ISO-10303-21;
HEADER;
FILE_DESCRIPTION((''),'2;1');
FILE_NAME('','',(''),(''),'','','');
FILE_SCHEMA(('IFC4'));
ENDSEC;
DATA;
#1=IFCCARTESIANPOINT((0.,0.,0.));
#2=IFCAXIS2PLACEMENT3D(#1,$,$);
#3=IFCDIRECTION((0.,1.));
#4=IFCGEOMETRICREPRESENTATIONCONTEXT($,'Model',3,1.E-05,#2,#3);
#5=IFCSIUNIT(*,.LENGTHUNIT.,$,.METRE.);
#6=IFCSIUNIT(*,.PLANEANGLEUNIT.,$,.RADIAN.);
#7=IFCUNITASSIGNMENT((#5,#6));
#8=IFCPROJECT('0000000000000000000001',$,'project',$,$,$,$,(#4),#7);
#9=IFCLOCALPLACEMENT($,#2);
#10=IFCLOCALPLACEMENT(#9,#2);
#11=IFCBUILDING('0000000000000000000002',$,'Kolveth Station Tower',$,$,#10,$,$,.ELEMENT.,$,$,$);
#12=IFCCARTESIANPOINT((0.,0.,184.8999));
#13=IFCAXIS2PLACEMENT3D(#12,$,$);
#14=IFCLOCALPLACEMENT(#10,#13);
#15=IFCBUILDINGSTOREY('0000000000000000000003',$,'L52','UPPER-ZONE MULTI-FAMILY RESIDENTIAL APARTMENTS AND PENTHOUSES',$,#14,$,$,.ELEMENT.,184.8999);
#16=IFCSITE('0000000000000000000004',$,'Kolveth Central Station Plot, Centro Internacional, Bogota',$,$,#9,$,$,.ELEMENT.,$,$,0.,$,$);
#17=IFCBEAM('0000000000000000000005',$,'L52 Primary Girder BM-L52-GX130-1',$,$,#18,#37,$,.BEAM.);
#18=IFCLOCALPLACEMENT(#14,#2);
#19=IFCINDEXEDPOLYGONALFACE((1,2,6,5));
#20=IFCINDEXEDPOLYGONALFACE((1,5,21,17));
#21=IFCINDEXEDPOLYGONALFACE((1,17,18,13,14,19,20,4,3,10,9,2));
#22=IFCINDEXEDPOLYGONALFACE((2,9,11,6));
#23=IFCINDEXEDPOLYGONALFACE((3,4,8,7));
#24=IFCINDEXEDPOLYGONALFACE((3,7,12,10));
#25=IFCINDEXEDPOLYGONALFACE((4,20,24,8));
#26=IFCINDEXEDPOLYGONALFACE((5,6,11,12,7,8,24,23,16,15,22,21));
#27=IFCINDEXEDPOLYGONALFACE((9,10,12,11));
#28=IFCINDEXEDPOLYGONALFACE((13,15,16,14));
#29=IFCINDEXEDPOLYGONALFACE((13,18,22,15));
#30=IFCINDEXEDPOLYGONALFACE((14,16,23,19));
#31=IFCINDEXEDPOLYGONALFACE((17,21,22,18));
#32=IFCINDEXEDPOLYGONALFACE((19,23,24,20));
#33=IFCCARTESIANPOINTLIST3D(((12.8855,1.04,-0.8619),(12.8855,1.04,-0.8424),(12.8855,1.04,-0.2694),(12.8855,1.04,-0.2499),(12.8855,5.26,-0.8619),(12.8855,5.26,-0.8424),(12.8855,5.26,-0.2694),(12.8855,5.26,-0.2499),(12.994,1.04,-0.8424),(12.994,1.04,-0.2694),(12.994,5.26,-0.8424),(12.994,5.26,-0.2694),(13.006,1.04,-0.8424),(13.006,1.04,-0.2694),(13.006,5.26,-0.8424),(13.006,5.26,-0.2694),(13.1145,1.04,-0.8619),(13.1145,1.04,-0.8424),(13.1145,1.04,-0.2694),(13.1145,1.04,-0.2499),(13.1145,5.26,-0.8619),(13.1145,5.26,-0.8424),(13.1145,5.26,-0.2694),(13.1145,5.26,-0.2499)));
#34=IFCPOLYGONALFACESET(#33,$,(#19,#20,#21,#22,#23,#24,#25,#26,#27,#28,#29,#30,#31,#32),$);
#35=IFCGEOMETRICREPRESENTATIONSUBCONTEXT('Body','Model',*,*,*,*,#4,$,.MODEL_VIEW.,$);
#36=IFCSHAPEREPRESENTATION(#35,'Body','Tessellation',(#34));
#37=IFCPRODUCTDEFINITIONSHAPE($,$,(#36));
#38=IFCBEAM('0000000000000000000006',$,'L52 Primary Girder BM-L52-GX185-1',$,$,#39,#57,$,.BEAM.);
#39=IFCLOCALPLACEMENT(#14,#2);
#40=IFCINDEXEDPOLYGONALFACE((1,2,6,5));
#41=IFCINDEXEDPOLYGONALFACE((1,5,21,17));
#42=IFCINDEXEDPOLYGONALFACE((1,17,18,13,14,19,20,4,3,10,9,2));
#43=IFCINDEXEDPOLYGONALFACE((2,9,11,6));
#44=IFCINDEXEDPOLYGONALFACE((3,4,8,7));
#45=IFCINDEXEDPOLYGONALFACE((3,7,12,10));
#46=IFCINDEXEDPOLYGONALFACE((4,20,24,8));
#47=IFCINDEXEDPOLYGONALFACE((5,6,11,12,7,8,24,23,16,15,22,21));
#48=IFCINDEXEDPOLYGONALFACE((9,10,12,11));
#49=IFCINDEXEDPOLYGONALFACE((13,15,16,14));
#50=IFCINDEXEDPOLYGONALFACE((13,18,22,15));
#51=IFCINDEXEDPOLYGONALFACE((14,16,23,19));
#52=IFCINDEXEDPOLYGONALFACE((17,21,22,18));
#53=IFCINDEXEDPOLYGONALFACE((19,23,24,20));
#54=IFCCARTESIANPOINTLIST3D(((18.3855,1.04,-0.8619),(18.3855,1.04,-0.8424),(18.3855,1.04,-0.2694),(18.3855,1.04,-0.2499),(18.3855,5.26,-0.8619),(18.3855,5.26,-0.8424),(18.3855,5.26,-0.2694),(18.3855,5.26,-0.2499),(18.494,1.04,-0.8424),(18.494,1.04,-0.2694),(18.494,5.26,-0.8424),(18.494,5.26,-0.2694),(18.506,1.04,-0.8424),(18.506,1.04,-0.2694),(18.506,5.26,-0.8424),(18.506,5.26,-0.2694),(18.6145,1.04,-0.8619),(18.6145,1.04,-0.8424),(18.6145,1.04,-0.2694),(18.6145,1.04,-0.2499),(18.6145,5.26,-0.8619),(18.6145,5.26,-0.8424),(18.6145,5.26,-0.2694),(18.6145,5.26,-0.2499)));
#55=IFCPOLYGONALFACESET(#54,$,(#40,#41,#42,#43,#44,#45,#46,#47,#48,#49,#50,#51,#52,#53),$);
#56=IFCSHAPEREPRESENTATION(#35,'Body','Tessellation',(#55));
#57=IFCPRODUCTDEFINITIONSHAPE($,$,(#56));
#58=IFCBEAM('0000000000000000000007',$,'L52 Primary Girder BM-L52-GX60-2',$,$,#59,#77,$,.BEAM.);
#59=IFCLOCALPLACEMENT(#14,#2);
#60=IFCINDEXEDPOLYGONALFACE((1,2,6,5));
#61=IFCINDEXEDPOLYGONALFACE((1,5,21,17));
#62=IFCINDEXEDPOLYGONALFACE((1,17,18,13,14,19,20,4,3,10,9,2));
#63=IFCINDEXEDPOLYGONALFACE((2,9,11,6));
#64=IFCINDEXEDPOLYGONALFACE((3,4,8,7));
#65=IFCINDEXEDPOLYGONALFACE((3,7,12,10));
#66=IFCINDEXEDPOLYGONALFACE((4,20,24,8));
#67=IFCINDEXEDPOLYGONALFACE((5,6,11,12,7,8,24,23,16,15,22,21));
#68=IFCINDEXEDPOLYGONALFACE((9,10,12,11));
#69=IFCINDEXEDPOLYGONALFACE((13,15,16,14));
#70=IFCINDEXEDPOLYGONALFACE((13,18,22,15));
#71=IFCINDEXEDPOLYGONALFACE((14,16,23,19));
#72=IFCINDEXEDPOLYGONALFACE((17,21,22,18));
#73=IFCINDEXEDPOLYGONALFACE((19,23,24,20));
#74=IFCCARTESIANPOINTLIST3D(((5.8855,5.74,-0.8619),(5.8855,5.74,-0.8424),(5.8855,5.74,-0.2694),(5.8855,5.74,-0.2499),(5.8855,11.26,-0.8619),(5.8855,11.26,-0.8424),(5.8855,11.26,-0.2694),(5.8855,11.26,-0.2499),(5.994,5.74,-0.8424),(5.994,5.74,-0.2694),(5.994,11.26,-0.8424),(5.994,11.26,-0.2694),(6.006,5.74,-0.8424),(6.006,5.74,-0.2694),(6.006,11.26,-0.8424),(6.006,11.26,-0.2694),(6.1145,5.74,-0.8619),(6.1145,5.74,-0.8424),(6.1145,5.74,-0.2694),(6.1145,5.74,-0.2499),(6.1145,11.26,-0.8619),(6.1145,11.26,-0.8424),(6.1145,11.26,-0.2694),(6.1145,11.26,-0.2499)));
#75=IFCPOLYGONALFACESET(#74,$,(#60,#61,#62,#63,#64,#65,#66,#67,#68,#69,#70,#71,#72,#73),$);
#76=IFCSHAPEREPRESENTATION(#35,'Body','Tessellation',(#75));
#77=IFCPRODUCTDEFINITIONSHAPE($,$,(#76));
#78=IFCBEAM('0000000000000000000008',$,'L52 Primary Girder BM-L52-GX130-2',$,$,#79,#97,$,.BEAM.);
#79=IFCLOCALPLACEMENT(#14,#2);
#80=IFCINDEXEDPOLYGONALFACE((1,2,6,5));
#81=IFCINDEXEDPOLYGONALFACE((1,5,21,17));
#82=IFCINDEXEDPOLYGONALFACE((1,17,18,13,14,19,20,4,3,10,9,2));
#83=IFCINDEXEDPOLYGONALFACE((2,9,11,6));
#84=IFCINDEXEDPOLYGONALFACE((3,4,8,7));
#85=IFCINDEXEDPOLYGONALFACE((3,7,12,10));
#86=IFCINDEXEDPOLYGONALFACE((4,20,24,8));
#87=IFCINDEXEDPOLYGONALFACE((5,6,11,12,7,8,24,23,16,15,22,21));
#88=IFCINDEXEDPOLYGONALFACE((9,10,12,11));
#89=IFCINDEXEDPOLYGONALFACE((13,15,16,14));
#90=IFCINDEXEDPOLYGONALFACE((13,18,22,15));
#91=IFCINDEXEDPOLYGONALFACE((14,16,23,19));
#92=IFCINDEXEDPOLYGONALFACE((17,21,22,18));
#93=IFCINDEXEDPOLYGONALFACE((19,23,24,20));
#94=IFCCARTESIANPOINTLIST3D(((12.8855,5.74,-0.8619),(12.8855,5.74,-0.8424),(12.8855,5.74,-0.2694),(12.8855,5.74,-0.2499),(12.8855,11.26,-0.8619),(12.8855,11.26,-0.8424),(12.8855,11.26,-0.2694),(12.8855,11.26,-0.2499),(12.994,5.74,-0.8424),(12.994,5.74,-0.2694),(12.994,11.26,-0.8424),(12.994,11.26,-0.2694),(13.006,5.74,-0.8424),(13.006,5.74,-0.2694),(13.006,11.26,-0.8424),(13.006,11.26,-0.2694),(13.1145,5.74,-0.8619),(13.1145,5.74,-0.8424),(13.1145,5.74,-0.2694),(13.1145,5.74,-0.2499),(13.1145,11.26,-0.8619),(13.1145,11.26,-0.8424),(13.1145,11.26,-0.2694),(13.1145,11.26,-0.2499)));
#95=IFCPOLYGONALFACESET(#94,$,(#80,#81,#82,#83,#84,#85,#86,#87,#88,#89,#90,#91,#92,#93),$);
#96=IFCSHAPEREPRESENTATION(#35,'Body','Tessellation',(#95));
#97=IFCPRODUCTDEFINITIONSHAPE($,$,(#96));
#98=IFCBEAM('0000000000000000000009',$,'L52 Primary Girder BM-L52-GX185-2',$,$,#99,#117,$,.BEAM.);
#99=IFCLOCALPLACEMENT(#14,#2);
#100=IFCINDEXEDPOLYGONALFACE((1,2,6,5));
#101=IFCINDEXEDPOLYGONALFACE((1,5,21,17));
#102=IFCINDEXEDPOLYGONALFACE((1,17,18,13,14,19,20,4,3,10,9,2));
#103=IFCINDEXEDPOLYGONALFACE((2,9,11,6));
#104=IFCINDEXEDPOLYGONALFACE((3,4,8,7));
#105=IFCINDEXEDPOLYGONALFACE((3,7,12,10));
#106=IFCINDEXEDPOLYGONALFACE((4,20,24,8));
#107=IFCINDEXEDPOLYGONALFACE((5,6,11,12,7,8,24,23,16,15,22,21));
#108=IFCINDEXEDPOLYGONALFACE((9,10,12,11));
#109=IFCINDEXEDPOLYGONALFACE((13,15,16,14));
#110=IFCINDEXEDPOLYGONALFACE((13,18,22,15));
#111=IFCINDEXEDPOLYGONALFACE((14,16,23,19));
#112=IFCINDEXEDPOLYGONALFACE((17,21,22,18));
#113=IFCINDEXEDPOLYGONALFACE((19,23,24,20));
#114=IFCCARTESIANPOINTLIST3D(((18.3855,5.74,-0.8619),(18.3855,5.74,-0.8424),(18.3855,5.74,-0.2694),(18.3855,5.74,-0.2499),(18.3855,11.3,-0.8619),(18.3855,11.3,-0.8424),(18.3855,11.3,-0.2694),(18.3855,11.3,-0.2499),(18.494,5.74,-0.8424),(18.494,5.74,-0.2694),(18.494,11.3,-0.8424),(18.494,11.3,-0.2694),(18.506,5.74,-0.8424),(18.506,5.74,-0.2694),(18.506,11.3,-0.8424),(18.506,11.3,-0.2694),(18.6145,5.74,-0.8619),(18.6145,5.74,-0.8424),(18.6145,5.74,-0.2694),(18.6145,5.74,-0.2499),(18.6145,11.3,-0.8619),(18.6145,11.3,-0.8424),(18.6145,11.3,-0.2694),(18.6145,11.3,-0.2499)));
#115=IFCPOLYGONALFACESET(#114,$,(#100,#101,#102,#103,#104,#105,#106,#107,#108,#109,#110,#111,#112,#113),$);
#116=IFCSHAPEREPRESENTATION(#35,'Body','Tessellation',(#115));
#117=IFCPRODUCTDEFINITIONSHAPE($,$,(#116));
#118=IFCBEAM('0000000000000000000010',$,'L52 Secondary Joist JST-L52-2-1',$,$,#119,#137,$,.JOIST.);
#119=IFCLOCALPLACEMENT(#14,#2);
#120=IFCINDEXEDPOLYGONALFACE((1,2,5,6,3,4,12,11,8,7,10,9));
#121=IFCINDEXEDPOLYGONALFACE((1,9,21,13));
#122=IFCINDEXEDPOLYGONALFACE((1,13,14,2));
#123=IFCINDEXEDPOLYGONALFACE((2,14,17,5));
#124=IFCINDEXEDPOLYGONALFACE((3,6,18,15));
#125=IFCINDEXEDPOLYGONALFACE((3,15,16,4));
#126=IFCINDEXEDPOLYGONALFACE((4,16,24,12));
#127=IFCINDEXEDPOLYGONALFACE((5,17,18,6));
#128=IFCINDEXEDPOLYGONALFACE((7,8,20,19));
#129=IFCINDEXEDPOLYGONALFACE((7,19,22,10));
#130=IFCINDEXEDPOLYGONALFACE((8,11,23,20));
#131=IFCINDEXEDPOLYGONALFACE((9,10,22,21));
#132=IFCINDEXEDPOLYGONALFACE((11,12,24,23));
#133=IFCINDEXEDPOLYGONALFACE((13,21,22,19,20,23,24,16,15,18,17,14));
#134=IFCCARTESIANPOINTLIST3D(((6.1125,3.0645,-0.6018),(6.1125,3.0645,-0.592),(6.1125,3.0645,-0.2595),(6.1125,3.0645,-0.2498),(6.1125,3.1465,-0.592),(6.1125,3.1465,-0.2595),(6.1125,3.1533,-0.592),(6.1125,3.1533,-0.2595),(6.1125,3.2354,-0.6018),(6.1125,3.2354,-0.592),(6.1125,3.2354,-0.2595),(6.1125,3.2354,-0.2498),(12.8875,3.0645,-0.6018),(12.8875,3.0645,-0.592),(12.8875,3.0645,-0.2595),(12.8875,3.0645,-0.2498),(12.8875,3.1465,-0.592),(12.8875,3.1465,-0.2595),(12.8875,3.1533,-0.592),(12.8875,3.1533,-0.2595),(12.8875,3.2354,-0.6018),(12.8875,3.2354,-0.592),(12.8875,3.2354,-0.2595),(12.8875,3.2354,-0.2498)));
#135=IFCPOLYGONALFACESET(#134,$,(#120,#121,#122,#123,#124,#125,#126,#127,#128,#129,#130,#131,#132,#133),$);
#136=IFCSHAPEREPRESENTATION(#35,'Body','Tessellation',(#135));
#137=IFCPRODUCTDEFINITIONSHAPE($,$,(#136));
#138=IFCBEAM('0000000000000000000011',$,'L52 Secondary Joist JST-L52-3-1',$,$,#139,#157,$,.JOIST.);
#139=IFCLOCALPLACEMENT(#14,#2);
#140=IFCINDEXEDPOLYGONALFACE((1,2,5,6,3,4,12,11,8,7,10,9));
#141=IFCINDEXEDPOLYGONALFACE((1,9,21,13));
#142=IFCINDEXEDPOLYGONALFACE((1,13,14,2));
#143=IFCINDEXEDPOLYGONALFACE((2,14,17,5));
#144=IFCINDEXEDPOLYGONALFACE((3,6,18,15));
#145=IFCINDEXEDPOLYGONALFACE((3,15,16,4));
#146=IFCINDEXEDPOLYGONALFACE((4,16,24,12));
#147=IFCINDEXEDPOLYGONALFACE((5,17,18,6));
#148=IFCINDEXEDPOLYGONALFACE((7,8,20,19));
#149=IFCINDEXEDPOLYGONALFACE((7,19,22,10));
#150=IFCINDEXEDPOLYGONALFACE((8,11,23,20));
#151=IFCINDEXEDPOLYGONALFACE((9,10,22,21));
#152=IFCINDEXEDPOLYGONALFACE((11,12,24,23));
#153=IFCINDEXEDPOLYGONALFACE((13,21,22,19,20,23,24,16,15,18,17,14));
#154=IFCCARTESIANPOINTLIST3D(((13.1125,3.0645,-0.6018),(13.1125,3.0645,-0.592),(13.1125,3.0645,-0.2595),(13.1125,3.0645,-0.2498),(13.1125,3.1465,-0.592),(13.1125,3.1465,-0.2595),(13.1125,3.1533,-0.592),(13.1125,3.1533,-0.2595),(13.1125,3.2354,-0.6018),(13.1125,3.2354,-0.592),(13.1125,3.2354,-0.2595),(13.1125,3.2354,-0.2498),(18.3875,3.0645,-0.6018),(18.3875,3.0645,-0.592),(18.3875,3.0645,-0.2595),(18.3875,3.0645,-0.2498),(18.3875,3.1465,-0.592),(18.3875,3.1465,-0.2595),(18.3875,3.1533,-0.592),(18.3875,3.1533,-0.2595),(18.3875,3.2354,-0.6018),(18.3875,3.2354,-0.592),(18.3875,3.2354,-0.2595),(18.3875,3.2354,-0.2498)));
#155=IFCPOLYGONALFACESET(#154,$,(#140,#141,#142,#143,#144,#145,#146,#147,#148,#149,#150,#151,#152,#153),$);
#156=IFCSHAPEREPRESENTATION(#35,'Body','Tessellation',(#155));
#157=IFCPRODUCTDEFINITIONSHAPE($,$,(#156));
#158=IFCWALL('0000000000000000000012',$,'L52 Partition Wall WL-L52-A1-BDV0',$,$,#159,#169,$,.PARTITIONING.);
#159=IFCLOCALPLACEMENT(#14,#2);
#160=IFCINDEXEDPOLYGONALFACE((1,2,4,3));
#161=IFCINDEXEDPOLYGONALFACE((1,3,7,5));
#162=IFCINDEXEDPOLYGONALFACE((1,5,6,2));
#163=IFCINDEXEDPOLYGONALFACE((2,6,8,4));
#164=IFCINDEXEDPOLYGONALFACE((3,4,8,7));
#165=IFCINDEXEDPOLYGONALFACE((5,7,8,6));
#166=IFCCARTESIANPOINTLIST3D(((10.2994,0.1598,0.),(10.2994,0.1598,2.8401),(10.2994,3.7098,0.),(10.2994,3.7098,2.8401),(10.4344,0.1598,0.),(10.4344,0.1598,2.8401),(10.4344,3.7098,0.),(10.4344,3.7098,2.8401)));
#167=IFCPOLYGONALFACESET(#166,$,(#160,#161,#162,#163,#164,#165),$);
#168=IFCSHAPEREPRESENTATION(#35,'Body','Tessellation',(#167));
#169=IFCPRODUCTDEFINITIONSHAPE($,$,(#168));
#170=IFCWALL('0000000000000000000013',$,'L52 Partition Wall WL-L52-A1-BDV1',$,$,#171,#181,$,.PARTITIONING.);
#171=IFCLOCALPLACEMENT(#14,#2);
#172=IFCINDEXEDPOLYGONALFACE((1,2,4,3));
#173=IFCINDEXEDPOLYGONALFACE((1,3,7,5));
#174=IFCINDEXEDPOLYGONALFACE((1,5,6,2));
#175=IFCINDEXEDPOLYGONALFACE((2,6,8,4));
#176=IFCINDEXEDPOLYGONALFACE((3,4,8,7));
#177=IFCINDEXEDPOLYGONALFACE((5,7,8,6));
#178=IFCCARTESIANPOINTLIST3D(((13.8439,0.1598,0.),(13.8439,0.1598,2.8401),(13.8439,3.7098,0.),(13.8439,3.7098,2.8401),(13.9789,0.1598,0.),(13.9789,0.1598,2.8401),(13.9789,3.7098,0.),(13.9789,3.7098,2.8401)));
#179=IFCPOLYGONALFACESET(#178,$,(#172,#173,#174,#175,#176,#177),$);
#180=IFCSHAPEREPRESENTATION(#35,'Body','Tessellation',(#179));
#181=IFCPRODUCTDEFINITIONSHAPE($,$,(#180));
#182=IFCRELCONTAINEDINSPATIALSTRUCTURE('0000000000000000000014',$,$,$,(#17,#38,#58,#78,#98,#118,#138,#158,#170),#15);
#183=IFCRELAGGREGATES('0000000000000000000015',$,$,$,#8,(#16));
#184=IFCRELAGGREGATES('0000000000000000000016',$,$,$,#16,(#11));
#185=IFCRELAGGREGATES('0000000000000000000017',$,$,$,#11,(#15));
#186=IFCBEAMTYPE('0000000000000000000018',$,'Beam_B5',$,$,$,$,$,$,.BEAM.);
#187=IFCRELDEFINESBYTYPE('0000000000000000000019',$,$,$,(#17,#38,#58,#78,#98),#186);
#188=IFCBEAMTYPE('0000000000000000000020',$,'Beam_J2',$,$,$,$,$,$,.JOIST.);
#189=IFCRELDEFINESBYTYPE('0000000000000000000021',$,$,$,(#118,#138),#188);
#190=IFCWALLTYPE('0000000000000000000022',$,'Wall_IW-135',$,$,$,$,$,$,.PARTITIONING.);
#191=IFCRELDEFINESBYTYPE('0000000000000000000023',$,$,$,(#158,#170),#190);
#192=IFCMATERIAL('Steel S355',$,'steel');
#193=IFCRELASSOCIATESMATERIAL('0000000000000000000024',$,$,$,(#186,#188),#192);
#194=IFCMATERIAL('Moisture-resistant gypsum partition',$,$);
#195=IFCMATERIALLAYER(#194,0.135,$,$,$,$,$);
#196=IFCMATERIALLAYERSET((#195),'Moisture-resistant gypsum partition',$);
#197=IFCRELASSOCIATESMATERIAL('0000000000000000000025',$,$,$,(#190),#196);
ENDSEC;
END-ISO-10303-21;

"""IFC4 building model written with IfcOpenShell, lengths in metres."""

from ifc_helpers import new_model, si_unit, direction, frame, frame_2d, origin, origin_2d, place, context, subcontext, project, spatial, rectangle, i_section, extrude, source, transform, mapped, material, layer, layer_set, material_profile, profile_set, type_object, element, save


model = new_model("IFC4")

# Units and contexts
model_context = context("Model", 3, precision=1e-05, world=origin(), true_north=direction((0.0, 1.0)))
body_context = subcontext(model_context, "Body", "Model", "MODEL_VIEW")
ifc_project = project(units=[si_unit("LENGTHUNIT", "METRE"), si_unit("PLANEANGLEUNIT", "RADIAN")], contexts=[model_context])

# Site, building, storey
site_placement = place(None, origin())
site = spatial("IfcSite", under=ifc_project, at=site_placement, Name="Kolveth Central Station Plot, Centro Internacional, Bogota", CompositionType="ELEMENT", RefElevation=0.0)
building_placement = place(site_placement, origin())
building = spatial("IfcBuilding", under=site, at=building_placement, Name="Kolveth Station Tower", CompositionType="ELEMENT")
storey_placement = place(building_placement, frame((0.0, 0.0, 184.8999)))
storey = spatial("IfcBuildingStorey", under=building, at=storey_placement, Name="L52", Description="UPPER-ZONE MULTI-FAMILY RESIDENTIAL APARTMENTS AND PENTHOUSES", CompositionType="ELEMENT", Elevation=184.8999)

# Shared definitions
ifc_material_1 = material(Name="Steel S355", Category="steel")

# Beams
ifc_material_profile_1 = material_profile(ifc_material_1, i_section(OverallWidth=0.229, OverallDepth=0.6121, WebThickness=0.012, FlangeThickness=0.0195, at=origin_2d()), Name="W610x125")
ifc_profile_set_1 = profile_set([ifc_material_profile_1], Name="Steel S355")
beam_type_1 = type_object("IfcBeamType", Name="Beam_B5", PredefinedType="BEAM", material=ifc_profile_set_1)
shared_shape_1 = source(origin(), body_context, "Body", "SweptSolid", [
    extrude(i_section(OverallWidth=0.229, OverallDepth=0.6121, WebThickness=0.012, FlangeThickness=0.0195, at=origin_2d()), origin(), (0.0, 0.0, 1.0), 4.22),
])
for number, where, z_axis, x_axis, name in (
    (1, (13.0, 1.04, -0.5559), (0.0, 1.0, 0.0), (-1.0, 0.0, 0.0), "L52 Primary Girder BM-L52-GX130-1"),
    (2, (18.5, 1.04, -0.5559), (0.0, 1.0, 0.0), (-1.0, 0.0, 0.0), "L52 Primary Girder BM-L52-GX185-1"),
):
    element("IfcBeam", number, at=place(storey_placement, frame(where, z_axis=z_axis, x_axis=x_axis)), inside=storey, type_object=beam_type_1, Name=name, PredefinedType="BEAM", context=body_context, shape_type="MappedRepresentation", body=[
        mapped(shared_shape_1, transform((0.0, 0.0, 0.0), x_axis=(1.0, 0.0, 0.0), y_axis=(0.0, 1.0, 0.0), z_axis=(0.0, 0.0, 1.0), scale=1.0)),
    ])
shared_shape_2 = source(origin(), body_context, "Body", "SweptSolid", [
    extrude(i_section(OverallWidth=0.229, OverallDepth=0.6121, WebThickness=0.012, FlangeThickness=0.0195, at=origin_2d()), origin(), (0.0, 0.0, 1.0), 5.52),
])
for number, where, z_axis, x_axis, name in (
    (3, (6.0, 5.74, -0.5559), (0.0, 1.0, 0.0), (-1.0, 0.0, 0.0), "L52 Primary Girder BM-L52-GX60-2"),
    (4, (13.0, 5.74, -0.5559), (0.0, 1.0, 0.0), (-1.0, 0.0, 0.0), "L52 Primary Girder BM-L52-GX130-2"),
):
    element("IfcBeam", number, at=place(storey_placement, frame(where, z_axis=z_axis, x_axis=x_axis)), inside=storey, type_object=beam_type_1, Name=name, PredefinedType="BEAM", context=body_context, shape_type="MappedRepresentation", body=[
        mapped(shared_shape_2, transform((0.0, 0.0, 0.0), x_axis=(1.0, 0.0, 0.0), y_axis=(0.0, 1.0, 0.0), z_axis=(0.0, 0.0, 1.0), scale=1.0)),
    ])
shared_shape_3 = source(origin(), body_context, "Body", "SweptSolid", [
    extrude(i_section(OverallWidth=0.229, OverallDepth=0.6121, WebThickness=0.012, FlangeThickness=0.0195, at=origin_2d()), origin(), (0.0, 0.0, 1.0), 5.5601),
])
beam_1_placement = place(storey_placement, frame((18.5, 5.74, -0.5559), z_axis=(0.0, 1.0, 0.0), x_axis=(-1.0, 0.0, 0.0)))
element("IfcBeam", 5, at=beam_1_placement, inside=storey, type_object=beam_type_1, Name="L52 Primary Girder BM-L52-GX185-2", PredefinedType="BEAM", context=body_context, shape_type="MappedRepresentation", body=[
    mapped(shared_shape_3, transform((0.0, 0.0, 0.0), x_axis=(1.0, 0.0, 0.0), y_axis=(0.0, 1.0, 0.0), z_axis=(0.0, 0.0, 1.0), scale=1.0)),
])
ifc_material_profile_2 = material_profile(ifc_material_1, i_section(OverallWidth=0.1709, OverallDepth=0.3521, WebThickness=0.0068, FlangeThickness=0.0098, at=origin_2d()), Name="W360x44")
ifc_profile_set_2 = profile_set([ifc_material_profile_2], Name="Steel S355")
beam_type_2 = type_object("IfcBeamType", Name="Beam_J2", PredefinedType="JOIST", material=ifc_profile_set_2)
shared_shape_4 = source(origin(), body_context, "Body", "SweptSolid", [
    extrude(i_section(OverallWidth=0.1709, OverallDepth=0.3521, WebThickness=0.0068, FlangeThickness=0.0098, at=origin_2d()), origin(), (0.0, 0.0, 1.0), 6.7749),
])
beam_2_placement = place(storey_placement, frame((6.1125, 3.1499, -0.4258), z_axis=(1.0, 0.0, 0.0), x_axis=(0.0, 1.0, 0.0)))
element("IfcBeam", 6, at=beam_2_placement, inside=storey, type_object=beam_type_2, Name="L52 Secondary Joist JST-L52-2-1", PredefinedType="JOIST", context=body_context, shape_type="MappedRepresentation", body=[
    mapped(shared_shape_4, transform((0.0, 0.0, 0.0), x_axis=(1.0, 0.0, 0.0), y_axis=(0.0, 1.0, 0.0), z_axis=(0.0, 0.0, 1.0), scale=1.0)),
])
shared_shape_5 = source(origin(), body_context, "Body", "SweptSolid", [
    extrude(i_section(OverallWidth=0.1709, OverallDepth=0.3521, WebThickness=0.0068, FlangeThickness=0.0098, at=origin_2d()), origin(), (0.0, 0.0, 1.0), 5.2749),
])
beam_3_placement = place(storey_placement, frame((13.1125, 3.1499, -0.4258), z_axis=(1.0, 0.0, 0.0), x_axis=(0.0, 1.0, 0.0)))
element("IfcBeam", 7, at=beam_3_placement, inside=storey, type_object=beam_type_2, Name="L52 Secondary Joist JST-L52-3-1", PredefinedType="JOIST", context=body_context, shape_type="MappedRepresentation", body=[
    mapped(shared_shape_5, transform((0.0, 0.0, 0.0), x_axis=(1.0, 0.0, 0.0), y_axis=(0.0, 1.0, 0.0), z_axis=(0.0, 0.0, 1.0), scale=1.0)),
])

# Wall
ifc_material_2 = material(Name="Moisture-resistant gypsum partition")
ifc_layer = layer(ifc_material_2, 0.135)
ifc_layer_set = layer_set([ifc_layer], Name="Moisture-resistant gypsum partition")
wall_type = type_object("IfcWallType", Name="Wall_IW-135", PredefinedType="PARTITIONING", material=ifc_layer_set)
wall_1_placement = place(storey_placement, frame((10.3669, 0.1599, 0.0), z_axis=(0.0, 0.0, 1.0), x_axis=(0.0, 1.0, 0.0)))
element("IfcWall", 8, at=wall_1_placement, inside=storey, type_object=wall_type, Name="L52 Partition Wall WL-L52-A1-BDV0", PredefinedType="PARTITIONING", context=body_context, shape_type="SweptSolid", body=[
    extrude(rectangle(XDim=3.55, YDim=0.135, at=frame_2d((1.7749, 0.0))), origin(), (0.0, 0.0, 1.0), 2.8401),
])

# Wall
wall_2_placement = place(storey_placement, frame((13.9114, 0.1599, 0.0), z_axis=(0.0, 0.0, 1.0), x_axis=(0.0, 1.0, 0.0)))
element("IfcWall", 9, at=wall_2_placement, inside=storey, type_object=wall_type, Name="L52 Partition Wall WL-L52-A1-BDV1", PredefinedType="PARTITIONING", context=body_context, shape_type="SweptSolid", body=[
    extrude(rectangle(XDim=3.55, YDim=0.135, at=frame_2d((1.7749, 0.0))), origin(), (0.0, 0.0, 1.0), 2.8401),
])

save(model, "model.ifc")
